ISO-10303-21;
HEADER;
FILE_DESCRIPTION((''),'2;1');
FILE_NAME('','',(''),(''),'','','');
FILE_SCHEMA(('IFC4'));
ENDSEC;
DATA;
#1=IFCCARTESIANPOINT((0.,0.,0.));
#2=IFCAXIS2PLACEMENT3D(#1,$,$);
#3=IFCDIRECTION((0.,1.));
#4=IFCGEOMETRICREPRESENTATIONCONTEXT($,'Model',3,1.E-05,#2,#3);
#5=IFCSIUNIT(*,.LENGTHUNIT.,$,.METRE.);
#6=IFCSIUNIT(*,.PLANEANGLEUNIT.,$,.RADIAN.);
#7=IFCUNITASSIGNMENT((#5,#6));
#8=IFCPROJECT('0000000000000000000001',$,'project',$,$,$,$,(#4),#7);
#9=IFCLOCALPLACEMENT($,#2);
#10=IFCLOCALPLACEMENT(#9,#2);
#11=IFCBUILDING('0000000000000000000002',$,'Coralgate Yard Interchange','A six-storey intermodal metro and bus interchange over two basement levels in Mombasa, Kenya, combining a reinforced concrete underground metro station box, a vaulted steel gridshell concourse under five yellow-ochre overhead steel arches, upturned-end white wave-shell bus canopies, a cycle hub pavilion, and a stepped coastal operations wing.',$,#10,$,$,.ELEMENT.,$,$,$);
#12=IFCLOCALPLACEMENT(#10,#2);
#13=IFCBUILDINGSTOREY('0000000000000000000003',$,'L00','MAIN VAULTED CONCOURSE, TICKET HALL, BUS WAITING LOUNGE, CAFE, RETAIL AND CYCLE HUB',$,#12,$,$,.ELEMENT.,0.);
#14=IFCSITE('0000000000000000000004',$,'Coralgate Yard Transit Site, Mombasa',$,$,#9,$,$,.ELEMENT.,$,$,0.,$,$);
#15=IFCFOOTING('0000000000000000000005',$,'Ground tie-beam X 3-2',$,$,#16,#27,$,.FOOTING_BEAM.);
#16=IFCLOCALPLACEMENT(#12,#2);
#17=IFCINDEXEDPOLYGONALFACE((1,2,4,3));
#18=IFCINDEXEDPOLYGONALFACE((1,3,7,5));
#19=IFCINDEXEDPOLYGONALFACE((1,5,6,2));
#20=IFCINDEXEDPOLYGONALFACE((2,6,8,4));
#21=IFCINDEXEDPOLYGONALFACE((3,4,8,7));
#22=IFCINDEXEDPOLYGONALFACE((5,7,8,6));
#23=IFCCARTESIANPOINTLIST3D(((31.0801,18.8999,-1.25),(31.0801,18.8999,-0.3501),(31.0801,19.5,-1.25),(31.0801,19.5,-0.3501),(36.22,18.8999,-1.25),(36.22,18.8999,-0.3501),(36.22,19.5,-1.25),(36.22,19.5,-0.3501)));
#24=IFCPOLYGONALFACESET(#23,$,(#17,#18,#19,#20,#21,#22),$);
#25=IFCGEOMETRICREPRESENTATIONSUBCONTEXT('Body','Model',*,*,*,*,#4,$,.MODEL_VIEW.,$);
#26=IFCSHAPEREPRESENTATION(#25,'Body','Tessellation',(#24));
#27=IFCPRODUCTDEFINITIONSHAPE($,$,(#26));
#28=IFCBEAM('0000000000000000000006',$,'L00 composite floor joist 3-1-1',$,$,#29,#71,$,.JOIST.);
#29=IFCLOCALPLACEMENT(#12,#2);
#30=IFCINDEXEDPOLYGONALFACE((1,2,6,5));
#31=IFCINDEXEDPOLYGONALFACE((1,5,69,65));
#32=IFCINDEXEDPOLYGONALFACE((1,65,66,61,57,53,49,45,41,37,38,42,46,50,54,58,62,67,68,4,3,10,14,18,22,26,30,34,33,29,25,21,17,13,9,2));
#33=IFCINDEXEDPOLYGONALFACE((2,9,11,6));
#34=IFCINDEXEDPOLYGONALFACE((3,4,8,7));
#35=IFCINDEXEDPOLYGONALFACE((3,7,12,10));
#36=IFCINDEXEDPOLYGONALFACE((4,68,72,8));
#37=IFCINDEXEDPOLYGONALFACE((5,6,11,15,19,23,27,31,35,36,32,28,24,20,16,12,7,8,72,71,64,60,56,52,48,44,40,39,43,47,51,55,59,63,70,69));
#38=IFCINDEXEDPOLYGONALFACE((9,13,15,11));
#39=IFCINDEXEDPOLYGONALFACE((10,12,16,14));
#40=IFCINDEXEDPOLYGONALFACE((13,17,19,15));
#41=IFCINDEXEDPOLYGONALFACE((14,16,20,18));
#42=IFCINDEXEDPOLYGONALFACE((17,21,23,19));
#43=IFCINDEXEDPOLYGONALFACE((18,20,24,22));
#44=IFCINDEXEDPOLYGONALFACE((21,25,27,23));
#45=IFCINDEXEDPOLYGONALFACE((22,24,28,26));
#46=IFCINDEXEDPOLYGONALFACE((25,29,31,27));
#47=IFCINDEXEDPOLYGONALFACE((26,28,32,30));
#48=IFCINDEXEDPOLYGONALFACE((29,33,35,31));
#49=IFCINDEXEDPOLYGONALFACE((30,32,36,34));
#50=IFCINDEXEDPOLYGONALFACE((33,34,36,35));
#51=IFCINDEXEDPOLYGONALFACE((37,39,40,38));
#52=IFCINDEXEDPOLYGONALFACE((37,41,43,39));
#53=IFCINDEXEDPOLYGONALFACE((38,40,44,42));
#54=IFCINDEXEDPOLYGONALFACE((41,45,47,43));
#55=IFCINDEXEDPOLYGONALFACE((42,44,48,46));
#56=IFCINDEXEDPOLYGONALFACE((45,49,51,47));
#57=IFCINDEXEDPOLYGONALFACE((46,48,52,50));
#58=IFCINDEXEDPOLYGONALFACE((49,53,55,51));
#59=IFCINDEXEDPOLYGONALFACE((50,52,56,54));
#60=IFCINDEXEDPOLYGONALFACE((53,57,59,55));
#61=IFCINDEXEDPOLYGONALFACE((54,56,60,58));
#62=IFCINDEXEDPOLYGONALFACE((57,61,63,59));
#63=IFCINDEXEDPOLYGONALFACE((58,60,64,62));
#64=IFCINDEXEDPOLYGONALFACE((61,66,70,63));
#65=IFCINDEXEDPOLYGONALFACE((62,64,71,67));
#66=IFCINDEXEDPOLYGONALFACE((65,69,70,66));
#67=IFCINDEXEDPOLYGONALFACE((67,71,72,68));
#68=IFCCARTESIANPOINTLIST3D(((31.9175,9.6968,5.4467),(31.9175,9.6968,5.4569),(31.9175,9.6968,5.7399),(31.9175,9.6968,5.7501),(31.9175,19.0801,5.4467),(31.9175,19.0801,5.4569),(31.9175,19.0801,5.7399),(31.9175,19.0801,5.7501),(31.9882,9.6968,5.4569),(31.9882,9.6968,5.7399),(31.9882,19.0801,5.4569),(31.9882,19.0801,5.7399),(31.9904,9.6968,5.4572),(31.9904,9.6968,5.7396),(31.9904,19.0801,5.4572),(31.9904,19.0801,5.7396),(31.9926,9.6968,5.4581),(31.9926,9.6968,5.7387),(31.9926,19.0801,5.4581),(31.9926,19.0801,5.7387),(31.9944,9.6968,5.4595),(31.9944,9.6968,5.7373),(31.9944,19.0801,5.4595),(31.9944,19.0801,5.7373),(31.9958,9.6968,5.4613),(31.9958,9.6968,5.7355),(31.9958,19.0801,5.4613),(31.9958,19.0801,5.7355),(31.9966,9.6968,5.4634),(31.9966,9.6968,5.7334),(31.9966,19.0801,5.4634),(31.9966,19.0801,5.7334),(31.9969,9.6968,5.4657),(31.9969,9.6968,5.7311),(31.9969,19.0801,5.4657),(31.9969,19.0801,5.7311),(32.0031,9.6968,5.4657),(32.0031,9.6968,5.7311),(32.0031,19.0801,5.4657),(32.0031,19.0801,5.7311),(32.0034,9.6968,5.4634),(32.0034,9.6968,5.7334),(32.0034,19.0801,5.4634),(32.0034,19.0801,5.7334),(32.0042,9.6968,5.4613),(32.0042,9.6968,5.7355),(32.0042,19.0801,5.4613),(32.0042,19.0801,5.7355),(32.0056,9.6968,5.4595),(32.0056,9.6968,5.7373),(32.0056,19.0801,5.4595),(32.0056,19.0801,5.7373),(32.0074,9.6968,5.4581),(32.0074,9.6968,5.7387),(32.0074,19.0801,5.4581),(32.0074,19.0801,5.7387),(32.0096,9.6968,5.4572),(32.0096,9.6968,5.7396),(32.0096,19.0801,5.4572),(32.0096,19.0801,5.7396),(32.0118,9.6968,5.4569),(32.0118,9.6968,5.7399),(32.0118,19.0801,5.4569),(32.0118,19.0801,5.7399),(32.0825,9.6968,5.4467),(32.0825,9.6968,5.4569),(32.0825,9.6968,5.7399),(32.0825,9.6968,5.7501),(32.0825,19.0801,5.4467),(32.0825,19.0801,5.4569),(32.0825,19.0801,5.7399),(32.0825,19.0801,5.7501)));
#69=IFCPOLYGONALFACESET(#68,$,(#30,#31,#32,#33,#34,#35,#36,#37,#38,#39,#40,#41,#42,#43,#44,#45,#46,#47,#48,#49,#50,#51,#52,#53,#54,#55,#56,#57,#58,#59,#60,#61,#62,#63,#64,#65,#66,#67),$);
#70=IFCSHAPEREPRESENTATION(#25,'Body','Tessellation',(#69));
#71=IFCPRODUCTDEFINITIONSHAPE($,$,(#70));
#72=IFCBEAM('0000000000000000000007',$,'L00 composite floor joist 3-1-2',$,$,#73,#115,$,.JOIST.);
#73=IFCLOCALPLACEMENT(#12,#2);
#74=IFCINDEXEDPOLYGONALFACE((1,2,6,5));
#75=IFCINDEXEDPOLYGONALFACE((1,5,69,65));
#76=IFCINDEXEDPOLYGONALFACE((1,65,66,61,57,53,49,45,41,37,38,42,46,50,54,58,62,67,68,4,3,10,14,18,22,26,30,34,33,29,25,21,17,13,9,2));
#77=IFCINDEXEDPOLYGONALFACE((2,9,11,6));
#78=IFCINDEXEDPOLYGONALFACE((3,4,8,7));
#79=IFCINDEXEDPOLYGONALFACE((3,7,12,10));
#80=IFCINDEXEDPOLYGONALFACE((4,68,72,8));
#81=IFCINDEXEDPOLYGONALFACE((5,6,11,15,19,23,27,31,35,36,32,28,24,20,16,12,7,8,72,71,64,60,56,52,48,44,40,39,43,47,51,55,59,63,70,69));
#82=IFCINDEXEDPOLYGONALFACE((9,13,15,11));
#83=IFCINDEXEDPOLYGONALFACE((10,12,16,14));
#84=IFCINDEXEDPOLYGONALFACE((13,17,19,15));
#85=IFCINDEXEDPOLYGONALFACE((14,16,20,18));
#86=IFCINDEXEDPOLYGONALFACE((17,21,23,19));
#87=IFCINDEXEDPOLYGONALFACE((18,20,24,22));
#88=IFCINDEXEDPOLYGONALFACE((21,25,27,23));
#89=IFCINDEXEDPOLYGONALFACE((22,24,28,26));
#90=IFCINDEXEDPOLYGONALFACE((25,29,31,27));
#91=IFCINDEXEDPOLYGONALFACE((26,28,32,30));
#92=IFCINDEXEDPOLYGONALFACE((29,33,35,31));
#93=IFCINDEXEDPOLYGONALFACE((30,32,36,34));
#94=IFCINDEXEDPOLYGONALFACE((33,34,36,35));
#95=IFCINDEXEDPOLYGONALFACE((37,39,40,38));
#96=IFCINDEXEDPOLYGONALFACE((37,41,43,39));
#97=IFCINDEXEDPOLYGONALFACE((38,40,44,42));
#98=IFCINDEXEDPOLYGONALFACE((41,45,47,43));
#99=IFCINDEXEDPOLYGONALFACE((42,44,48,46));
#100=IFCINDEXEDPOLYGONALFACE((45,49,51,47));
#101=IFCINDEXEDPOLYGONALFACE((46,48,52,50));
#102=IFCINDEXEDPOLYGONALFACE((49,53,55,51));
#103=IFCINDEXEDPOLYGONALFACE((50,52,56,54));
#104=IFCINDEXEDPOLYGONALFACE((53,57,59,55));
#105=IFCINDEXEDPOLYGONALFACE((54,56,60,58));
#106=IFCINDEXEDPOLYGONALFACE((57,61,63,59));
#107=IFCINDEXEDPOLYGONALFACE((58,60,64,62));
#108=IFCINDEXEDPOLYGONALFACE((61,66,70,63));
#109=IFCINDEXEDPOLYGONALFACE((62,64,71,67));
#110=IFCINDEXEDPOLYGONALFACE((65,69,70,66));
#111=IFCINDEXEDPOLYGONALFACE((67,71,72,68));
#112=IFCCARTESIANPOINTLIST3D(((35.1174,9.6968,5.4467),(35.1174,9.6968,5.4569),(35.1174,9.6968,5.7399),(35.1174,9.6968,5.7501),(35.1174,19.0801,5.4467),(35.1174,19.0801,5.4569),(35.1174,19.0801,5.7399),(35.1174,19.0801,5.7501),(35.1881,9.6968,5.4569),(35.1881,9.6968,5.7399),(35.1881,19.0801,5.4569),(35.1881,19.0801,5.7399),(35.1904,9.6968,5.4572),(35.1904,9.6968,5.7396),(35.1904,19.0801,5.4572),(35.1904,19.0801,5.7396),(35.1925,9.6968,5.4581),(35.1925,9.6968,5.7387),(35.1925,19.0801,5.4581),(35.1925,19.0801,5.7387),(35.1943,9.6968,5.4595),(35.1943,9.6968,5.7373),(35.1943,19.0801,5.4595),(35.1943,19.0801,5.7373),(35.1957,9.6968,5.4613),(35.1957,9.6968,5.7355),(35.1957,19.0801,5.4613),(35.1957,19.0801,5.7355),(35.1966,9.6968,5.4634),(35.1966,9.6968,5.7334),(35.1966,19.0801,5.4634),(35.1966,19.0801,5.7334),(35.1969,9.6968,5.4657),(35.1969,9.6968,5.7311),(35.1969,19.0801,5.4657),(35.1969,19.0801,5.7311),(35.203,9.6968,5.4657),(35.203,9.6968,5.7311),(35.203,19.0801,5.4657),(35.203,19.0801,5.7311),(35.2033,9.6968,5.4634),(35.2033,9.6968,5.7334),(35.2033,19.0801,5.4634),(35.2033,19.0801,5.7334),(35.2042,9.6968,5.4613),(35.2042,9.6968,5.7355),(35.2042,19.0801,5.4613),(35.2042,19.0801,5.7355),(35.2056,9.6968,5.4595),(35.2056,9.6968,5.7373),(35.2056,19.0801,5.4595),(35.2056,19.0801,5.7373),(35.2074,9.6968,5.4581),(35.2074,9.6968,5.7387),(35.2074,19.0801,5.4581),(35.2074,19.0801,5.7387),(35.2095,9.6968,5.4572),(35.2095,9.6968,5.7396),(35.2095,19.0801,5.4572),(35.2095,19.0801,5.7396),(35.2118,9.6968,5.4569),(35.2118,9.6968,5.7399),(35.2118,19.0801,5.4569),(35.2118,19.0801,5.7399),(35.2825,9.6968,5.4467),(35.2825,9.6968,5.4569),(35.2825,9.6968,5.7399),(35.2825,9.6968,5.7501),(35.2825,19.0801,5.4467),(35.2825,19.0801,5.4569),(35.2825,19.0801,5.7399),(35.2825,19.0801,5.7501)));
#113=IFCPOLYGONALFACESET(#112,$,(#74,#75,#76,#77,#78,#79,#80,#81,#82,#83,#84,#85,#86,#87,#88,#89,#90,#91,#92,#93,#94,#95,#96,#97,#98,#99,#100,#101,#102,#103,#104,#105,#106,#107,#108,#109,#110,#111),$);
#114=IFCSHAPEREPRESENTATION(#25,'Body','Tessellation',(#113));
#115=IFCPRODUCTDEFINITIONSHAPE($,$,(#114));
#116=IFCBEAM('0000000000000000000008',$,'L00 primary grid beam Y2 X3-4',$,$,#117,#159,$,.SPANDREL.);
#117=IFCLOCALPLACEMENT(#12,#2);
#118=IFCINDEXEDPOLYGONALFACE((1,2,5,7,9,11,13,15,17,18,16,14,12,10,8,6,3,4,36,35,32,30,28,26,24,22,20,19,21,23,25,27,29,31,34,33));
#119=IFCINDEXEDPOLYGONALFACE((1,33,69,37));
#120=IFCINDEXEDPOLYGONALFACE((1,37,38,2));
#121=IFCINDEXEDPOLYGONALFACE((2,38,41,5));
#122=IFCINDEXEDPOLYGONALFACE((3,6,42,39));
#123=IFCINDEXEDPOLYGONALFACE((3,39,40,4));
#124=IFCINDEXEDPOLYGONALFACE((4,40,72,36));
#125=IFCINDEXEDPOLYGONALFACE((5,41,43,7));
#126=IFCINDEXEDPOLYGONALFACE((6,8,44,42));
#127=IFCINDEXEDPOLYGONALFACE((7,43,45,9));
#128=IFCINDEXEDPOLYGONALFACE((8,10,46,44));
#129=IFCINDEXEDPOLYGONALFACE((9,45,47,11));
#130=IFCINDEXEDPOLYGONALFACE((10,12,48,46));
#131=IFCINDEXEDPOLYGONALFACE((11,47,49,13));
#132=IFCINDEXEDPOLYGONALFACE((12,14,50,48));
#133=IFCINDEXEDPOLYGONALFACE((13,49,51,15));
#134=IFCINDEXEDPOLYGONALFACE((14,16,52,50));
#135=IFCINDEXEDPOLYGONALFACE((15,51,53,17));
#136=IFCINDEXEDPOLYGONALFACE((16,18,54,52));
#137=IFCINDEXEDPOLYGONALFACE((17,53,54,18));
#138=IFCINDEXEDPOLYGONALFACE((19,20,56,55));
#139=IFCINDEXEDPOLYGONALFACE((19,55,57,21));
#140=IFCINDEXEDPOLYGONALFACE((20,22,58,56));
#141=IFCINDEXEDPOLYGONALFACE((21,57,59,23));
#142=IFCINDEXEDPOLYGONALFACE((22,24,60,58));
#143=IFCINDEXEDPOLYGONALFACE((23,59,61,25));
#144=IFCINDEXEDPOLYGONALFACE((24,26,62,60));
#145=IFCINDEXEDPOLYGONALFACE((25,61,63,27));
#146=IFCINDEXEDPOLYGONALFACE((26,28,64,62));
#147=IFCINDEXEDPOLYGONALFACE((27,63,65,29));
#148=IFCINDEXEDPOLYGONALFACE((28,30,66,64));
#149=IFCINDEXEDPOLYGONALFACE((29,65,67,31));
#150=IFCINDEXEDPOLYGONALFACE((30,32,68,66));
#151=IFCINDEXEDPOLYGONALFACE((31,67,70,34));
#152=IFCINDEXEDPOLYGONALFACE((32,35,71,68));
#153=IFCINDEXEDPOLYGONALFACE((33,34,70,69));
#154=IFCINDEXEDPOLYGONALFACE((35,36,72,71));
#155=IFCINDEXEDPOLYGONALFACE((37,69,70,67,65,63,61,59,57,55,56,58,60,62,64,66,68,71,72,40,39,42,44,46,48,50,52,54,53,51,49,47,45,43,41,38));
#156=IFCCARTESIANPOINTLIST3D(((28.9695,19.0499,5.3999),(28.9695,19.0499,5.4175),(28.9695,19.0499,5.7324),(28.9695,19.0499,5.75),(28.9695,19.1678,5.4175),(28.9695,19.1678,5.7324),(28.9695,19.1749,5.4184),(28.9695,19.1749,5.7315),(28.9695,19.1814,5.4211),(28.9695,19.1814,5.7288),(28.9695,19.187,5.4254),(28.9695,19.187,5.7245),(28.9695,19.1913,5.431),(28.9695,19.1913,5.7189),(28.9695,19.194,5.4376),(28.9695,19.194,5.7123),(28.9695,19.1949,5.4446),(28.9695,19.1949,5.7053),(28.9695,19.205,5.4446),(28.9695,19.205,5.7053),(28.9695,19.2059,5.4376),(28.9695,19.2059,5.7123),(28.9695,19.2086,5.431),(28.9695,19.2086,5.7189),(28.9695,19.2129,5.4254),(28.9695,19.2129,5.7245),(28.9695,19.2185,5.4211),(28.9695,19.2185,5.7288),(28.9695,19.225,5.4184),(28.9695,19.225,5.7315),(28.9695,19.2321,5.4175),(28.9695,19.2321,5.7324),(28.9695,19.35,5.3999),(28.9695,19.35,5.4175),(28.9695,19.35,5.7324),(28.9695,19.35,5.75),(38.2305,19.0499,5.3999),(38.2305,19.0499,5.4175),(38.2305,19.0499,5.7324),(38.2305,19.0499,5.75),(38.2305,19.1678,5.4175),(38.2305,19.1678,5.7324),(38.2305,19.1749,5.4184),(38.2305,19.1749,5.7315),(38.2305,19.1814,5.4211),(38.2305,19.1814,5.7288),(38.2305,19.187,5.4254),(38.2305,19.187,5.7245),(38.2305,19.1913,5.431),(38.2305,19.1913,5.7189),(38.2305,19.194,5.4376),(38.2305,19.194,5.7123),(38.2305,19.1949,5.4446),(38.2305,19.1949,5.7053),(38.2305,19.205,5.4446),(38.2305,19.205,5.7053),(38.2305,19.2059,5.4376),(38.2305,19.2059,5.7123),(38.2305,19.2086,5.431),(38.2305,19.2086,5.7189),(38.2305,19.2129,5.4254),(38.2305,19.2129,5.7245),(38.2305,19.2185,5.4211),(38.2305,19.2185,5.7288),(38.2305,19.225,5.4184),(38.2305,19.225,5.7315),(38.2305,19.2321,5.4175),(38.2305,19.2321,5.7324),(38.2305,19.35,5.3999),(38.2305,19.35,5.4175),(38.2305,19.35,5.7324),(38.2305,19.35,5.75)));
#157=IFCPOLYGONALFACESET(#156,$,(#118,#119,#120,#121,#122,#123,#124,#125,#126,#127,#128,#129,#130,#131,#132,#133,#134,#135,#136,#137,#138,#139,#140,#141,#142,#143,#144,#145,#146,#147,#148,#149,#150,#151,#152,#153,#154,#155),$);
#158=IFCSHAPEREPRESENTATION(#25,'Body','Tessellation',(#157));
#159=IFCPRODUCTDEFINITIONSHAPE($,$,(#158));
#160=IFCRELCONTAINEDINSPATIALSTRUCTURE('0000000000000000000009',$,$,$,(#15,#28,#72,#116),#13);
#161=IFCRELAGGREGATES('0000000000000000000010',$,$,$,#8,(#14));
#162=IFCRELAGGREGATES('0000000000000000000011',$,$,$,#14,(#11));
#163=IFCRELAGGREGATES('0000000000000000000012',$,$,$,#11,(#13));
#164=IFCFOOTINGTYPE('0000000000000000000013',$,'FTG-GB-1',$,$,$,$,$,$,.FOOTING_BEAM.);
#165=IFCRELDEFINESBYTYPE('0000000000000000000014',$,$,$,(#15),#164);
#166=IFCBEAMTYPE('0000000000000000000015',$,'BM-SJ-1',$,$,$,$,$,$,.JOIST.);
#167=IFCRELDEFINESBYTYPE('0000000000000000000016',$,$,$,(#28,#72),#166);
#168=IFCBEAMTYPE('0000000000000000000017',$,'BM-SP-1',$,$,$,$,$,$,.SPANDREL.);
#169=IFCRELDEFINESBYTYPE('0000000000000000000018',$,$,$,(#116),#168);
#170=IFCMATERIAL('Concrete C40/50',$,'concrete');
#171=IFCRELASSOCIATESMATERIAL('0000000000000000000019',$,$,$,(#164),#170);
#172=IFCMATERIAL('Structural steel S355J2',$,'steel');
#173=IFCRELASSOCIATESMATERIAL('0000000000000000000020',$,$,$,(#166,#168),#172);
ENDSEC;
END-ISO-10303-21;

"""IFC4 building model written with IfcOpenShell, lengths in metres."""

from ifc_helpers import new_model, si_unit, direction, frame, origin, origin_2d, place, context, subcontext, project, spatial, rectangle, i_section, extrude, material, material_profile, profile_set, type_object, element, save


model = new_model("IFC4")

# Units and contexts
model_context = context("Model", 3, precision=1e-05, world=origin(), true_north=direction((0.0, 1.0)))
body_context = subcontext(model_context, "Body", "Model", "MODEL_VIEW")
ifc_project = project(units=[si_unit("LENGTHUNIT", "METRE"), si_unit("PLANEANGLEUNIT", "RADIAN")], contexts=[model_context])

# Site, building, storey
site_placement = place(None, origin())
site = spatial("IfcSite", under=ifc_project, at=site_placement, Name="Coralgate Yard Transit Site, Mombasa", CompositionType="ELEMENT", RefElevation=0.0)
building_placement = place(site_placement, origin())
building = spatial("IfcBuilding", under=site, at=building_placement, Name="Coralgate Yard Interchange", Description="A six-storey intermodal metro and bus interchange over two basement levels in Mombasa, Kenya, combining a reinforced concrete underground metro station box, a vaulted steel gridshell concourse under five yellow-ochre overhead steel arches, upturned-end white wave-shell bus canopies, a cycle hub pavilion, and a stepped coastal operations wing.", CompositionType="ELEMENT")
storey_placement = place(building_placement, origin())
storey = spatial("IfcBuildingStorey", under=building, at=storey_placement, Name="L00", Description="MAIN VAULTED CONCOURSE, TICKET HALL, BUS WAITING LOUNGE, CAFE, RETAIL AND CYCLE HUB", CompositionType="ELEMENT", Elevation=0.0)

# Footing
ifc_material_1 = material(Name="Concrete C40/50", Category="concrete")
ifc_material_profile_1 = material_profile(ifc_material_1, rectangle(XDim=0.6001, YDim=0.8999, at=origin_2d()), Name="RC 600x900")
ifc_profile_set_1 = profile_set([ifc_material_profile_1], Name="Concrete C40/50")
footing_type = type_object("IfcFootingType", Name="FTG-GB-1", PredefinedType="FOOTING_BEAM", material=ifc_profile_set_1)
footing_placement = place(storey_placement, frame((31.0801, 19.2, -0.8), z_axis=(1.0, 0.0, 0.0), x_axis=(0.0, 1.0, 0.0)))
element("IfcFooting", 1, at=footing_placement, inside=storey, type_object=footing_type, Name="Ground tie-beam X 3-2", PredefinedType="FOOTING_BEAM", context=body_context, shape_type="SweptSolid", body=[
    extrude(rectangle(XDim=0.6001, YDim=0.8999, at=origin_2d()), origin(), (0.0, 0.0, 1.0), 5.1399),
])

# Beams
ifc_material_2 = material(Name="Structural steel S355J2", Category="steel")
ifc_material_profile_2 = material_profile(ifc_material_2, i_section(OverallWidth=0.165, OverallDepth=0.3035, WebThickness=0.0061, FlangeThickness=0.0103, FilletRadius=0.0088, at=origin_2d()), Name="UB 305x165x40")
ifc_profile_set_2 = profile_set([ifc_material_profile_2], Name="Structural steel S355J2")
beam_type_1 = type_object("IfcBeamType", Name="BM-SJ-1", PredefinedType="JOIST", material=ifc_profile_set_2)
for number, where, z_axis, x_axis, name in (
    (2, (32.0, 9.6968, 5.5984), (0.0, 1.0, 0.0), (-1.0, 0.0, 0.0), "L00 composite floor joist 3-1-1"),
    (3, (35.2, 9.6968, 5.5984), (0.0, 1.0, 0.0), (-1.0, 0.0, 0.0), "L00 composite floor joist 3-1-2"),
):
    element("IfcBeam", number, at=place(storey_placement, frame(where, z_axis=z_axis, x_axis=x_axis)), inside=storey, type_object=beam_type_1, Name=name, PredefinedType="JOIST", context=body_context, shape_type="SweptSolid", body=[
        extrude(i_section(OverallWidth=0.165, OverallDepth=0.3035, WebThickness=0.0061, FlangeThickness=0.0103, FilletRadius=0.0088, at=origin_2d()), origin(), (0.0, 0.0, 1.0), 9.3833),
    ])
ifc_material_profile_3 = material_profile(ifc_material_2, i_section(OverallWidth=0.3, OverallDepth=0.3501, WebThickness=0.01, FlangeThickness=0.0176, FilletRadius=0.0271, at=origin_2d()), Name="HEA 360")
ifc_profile_set_3 = profile_set([ifc_material_profile_3], Name="Structural steel S355J2")
beam_type_2 = type_object("IfcBeamType", Name="BM-SP-1", PredefinedType="SPANDREL", material=ifc_profile_set_3)
beam_placement = place(storey_placement, frame((28.9695, 19.2, 5.575), z_axis=(1.0, 0.0, 0.0), x_axis=(0.0, 1.0, 0.0)))
element("IfcBeam", 4, at=beam_placement, inside=storey, type_object=beam_type_2, Name="L00 primary grid beam Y2 X3-4", PredefinedType="SPANDREL", context=body_context, shape_type="SweptSolid", body=[
    extrude(i_section(OverallWidth=0.3, OverallDepth=0.3501, WebThickness=0.01, FlangeThickness=0.0176, FilletRadius=0.0271, at=origin_2d()), origin(), (0.0, 0.0, 1.0), 9.261),
])

save(model, "model.ifc")
